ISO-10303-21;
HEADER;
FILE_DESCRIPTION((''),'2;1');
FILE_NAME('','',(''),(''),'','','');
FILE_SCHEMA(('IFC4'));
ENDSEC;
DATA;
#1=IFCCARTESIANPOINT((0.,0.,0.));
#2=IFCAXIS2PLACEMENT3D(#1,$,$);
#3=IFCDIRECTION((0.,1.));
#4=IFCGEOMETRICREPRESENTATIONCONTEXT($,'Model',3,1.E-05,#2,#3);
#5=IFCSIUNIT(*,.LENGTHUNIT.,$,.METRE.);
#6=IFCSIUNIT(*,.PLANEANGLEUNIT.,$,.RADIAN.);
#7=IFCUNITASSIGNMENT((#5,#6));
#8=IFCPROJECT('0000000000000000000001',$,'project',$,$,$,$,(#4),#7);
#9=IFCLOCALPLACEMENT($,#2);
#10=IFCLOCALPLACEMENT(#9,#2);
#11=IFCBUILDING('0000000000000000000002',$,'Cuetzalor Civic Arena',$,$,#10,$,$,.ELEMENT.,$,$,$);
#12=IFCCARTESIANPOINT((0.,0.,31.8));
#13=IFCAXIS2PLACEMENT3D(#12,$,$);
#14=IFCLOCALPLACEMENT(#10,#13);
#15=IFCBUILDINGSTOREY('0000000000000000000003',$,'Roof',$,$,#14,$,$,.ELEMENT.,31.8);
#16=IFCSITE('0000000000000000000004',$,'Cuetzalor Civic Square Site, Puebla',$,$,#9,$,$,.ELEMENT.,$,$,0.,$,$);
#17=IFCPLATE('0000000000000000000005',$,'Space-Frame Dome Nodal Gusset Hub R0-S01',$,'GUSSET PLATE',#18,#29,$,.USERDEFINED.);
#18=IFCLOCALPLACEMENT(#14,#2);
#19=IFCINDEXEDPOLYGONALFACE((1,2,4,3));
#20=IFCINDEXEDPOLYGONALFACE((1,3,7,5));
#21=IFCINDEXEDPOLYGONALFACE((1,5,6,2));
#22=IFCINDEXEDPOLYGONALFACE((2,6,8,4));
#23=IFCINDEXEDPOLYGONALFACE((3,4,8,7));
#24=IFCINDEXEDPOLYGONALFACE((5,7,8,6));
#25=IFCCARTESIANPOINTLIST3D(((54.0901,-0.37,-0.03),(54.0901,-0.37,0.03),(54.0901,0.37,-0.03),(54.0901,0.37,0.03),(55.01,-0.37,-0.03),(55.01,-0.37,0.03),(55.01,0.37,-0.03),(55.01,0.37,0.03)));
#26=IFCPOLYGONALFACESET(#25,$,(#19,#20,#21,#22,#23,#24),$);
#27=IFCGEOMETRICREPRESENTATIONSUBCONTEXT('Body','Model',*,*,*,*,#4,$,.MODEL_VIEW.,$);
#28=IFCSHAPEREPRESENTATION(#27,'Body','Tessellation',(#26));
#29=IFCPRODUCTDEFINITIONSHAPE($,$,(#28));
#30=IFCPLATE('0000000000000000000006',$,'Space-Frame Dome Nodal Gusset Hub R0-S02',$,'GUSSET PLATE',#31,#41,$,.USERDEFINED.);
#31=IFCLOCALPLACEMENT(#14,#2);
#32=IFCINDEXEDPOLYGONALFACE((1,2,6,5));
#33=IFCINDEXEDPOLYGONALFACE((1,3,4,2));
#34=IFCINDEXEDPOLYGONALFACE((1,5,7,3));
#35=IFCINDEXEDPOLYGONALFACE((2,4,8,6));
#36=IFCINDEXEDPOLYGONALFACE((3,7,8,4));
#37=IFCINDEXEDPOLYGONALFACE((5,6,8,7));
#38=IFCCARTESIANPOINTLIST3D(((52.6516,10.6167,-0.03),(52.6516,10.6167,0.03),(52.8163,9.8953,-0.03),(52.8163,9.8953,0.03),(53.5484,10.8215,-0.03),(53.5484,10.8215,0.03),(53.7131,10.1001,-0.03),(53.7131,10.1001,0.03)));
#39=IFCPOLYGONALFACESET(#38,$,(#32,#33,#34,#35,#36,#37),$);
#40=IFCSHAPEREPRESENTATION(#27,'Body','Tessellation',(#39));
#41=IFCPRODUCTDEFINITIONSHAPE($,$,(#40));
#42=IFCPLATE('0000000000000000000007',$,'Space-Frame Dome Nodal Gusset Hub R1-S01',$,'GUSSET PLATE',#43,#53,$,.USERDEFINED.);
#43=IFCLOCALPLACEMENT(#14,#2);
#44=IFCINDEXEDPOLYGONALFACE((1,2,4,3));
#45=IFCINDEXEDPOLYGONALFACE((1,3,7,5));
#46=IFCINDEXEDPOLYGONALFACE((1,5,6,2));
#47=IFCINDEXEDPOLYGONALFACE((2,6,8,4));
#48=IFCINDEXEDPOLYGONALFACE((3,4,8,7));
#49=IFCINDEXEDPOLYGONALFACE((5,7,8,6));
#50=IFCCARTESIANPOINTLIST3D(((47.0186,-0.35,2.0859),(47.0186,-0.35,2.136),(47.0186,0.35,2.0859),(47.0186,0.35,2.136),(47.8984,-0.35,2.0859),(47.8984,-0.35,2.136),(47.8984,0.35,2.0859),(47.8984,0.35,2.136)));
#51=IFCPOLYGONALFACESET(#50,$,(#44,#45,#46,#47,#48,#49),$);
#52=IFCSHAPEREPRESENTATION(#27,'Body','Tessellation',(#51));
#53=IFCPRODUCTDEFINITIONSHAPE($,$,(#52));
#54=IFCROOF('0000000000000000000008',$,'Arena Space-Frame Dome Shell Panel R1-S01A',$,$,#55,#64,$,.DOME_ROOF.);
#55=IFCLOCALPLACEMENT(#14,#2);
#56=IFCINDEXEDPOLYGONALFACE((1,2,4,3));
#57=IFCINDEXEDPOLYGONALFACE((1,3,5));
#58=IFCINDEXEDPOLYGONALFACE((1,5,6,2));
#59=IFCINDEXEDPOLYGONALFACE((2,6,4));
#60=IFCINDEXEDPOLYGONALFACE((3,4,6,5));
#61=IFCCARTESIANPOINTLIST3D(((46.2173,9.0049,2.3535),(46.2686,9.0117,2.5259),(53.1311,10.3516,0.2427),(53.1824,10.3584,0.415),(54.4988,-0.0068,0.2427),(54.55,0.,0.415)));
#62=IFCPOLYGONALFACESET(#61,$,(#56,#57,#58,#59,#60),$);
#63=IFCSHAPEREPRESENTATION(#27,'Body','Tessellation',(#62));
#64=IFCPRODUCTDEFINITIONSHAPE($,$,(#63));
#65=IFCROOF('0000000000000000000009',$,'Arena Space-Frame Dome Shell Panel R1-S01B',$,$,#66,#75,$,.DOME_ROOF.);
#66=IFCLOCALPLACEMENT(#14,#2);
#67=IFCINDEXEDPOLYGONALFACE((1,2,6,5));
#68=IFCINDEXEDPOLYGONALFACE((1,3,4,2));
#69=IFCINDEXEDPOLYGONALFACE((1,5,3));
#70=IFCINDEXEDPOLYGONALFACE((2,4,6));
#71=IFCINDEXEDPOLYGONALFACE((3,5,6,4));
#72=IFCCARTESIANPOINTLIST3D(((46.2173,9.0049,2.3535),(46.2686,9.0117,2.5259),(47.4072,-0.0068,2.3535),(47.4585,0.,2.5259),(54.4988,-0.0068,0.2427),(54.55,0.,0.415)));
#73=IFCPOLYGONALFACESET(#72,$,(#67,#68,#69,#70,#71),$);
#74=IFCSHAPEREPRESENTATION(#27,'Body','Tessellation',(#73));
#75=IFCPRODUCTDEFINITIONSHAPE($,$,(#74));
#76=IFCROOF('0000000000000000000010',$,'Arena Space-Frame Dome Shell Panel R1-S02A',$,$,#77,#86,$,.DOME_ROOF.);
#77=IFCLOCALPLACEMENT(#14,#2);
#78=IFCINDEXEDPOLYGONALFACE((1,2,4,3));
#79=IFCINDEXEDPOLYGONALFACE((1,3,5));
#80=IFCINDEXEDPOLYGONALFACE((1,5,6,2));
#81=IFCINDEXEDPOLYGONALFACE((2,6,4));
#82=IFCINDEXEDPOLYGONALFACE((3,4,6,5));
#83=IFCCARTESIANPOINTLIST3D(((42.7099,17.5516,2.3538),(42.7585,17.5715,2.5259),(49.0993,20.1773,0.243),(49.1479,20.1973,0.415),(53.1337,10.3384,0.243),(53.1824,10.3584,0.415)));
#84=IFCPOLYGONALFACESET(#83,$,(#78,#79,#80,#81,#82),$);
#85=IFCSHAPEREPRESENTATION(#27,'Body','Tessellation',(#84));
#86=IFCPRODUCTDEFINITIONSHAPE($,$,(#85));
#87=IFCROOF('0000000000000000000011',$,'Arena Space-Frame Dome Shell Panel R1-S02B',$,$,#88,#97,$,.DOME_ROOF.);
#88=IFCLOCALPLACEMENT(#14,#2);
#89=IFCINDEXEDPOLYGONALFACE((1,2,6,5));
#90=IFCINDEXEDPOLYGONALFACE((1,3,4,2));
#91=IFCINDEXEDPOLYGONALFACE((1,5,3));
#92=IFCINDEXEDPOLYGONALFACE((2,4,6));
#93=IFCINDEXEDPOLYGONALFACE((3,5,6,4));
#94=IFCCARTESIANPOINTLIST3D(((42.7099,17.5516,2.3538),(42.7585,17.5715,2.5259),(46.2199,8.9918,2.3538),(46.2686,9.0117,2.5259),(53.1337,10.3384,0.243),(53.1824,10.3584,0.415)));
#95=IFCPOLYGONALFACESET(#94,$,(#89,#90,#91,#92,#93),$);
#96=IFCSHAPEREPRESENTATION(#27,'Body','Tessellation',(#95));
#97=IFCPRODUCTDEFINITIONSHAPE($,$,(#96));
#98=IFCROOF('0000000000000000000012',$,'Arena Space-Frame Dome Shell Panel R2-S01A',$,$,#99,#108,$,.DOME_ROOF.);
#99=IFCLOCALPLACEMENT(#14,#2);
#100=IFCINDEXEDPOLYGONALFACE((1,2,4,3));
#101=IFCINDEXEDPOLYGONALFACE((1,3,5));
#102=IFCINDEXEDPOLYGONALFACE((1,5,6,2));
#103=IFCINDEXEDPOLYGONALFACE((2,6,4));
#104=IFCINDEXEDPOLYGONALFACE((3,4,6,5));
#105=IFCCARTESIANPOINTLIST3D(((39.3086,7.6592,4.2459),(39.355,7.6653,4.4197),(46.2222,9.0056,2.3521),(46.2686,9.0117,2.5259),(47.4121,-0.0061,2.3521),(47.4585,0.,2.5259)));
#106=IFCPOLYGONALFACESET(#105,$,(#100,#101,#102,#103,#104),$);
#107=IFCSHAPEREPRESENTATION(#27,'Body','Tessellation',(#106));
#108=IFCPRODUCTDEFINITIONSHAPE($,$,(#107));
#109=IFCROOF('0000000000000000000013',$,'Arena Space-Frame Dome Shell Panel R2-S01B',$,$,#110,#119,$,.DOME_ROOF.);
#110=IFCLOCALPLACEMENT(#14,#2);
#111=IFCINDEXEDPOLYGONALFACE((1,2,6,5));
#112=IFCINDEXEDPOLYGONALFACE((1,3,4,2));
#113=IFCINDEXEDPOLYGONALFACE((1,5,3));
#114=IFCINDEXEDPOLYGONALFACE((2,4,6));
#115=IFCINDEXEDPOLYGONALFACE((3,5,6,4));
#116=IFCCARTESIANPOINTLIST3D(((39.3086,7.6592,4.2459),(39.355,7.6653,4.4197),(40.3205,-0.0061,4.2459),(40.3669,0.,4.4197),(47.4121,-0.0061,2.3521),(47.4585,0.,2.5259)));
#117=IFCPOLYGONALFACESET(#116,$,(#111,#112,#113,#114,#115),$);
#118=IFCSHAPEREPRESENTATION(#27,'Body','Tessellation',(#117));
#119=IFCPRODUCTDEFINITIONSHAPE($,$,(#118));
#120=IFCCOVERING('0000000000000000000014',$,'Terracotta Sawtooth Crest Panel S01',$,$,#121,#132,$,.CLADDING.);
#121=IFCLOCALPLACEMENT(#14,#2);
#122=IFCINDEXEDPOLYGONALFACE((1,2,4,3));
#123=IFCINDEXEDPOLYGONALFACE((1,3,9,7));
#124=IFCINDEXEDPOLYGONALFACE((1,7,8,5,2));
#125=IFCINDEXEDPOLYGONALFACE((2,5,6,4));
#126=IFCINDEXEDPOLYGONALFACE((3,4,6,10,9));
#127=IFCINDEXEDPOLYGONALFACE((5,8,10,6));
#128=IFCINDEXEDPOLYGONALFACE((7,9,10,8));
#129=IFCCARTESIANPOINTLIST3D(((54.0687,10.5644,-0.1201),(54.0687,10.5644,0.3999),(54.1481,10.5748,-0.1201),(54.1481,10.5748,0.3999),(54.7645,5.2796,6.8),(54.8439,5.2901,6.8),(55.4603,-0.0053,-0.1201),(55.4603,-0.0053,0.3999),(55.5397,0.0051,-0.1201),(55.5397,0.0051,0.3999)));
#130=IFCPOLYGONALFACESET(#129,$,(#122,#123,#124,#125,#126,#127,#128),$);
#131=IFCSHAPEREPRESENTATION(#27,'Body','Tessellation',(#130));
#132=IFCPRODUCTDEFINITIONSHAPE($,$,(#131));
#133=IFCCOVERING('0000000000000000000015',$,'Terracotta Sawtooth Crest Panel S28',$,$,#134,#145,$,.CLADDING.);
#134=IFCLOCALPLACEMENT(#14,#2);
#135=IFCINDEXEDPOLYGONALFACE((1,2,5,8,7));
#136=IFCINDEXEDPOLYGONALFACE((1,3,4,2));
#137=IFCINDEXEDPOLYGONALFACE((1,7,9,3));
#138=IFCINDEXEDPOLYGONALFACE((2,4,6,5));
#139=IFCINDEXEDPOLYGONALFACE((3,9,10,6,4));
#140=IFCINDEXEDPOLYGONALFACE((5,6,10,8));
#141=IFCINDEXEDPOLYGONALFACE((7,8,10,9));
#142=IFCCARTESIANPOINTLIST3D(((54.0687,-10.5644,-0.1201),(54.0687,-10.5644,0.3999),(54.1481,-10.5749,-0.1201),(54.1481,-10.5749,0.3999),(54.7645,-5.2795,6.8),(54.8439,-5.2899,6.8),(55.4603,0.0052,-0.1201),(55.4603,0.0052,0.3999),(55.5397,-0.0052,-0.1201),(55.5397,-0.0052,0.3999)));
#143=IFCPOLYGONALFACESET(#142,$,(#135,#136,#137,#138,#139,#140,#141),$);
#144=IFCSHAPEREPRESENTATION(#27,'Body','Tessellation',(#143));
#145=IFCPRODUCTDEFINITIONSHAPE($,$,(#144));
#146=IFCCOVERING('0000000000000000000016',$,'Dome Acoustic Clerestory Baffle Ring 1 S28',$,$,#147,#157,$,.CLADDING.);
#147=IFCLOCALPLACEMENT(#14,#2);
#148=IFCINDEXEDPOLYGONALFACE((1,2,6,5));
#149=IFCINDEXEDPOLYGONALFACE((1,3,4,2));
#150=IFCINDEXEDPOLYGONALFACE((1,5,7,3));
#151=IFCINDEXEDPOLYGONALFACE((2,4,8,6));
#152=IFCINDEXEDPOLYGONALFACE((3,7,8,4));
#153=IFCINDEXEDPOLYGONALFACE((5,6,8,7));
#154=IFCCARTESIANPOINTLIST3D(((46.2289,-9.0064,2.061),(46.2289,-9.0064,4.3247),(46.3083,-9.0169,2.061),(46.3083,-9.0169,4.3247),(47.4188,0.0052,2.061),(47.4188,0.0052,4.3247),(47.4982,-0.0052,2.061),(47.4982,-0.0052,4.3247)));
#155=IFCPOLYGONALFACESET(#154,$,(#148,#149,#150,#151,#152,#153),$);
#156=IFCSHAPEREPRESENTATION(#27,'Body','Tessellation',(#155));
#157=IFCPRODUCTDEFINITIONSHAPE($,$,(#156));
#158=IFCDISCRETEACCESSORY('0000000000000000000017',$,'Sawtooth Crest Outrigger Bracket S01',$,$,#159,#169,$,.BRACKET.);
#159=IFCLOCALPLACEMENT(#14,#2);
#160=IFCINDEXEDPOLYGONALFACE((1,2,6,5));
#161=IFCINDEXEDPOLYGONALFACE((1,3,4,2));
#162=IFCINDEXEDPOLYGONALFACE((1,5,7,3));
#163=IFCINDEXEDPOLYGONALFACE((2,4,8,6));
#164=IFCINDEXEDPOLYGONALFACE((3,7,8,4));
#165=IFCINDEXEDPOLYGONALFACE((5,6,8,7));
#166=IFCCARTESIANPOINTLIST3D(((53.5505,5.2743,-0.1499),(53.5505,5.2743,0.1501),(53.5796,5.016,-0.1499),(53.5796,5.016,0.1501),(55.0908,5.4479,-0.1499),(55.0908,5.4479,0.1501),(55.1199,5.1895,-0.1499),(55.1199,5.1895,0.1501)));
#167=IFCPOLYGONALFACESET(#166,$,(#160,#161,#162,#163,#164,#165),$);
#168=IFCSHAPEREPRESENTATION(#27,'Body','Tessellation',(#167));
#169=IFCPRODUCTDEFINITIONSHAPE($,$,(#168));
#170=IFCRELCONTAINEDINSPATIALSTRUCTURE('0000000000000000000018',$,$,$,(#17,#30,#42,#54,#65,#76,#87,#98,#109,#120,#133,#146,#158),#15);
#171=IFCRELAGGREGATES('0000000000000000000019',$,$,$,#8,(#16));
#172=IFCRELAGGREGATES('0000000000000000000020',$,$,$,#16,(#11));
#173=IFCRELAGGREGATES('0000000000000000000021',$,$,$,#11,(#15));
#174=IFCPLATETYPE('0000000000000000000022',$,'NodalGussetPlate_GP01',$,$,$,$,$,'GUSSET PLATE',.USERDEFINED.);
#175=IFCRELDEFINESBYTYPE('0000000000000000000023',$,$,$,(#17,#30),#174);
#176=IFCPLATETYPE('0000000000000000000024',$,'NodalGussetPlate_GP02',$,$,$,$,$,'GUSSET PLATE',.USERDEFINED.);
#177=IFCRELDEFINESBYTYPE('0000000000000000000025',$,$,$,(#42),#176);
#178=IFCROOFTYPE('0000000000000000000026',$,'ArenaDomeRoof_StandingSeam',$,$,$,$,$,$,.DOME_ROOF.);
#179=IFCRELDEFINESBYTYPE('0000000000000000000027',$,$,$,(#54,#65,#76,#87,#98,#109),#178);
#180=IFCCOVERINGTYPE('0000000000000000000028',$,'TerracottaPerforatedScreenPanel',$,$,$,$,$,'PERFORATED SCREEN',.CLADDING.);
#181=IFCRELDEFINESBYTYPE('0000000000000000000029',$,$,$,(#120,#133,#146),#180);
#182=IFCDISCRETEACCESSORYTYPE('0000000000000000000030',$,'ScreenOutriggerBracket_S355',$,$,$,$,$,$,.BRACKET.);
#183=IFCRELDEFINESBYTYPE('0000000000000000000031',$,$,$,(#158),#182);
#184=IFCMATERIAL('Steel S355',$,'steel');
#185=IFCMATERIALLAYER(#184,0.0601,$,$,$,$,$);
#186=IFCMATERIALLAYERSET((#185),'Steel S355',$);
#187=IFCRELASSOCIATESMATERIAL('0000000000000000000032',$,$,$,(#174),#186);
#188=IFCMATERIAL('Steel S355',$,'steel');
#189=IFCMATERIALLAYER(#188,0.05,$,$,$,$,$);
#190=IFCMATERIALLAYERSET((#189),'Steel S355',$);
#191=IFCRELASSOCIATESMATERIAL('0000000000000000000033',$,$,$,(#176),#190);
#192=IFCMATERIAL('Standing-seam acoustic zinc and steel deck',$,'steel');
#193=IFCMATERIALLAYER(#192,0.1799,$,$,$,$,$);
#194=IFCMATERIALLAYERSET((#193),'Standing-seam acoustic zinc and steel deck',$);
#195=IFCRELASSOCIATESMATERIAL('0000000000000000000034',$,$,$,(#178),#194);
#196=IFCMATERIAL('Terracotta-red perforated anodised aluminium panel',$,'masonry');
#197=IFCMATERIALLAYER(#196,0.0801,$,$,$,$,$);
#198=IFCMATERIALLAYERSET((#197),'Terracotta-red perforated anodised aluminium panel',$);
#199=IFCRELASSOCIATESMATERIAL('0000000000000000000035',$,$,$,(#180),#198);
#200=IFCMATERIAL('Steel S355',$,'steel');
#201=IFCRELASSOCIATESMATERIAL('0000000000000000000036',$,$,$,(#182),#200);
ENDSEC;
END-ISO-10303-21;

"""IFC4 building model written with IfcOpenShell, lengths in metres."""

from ifc_helpers import new_model, si_unit, direction, frame, frame_2d, origin, origin_2d, place, context, subcontext, project, spatial, polyline, rectangle, outline, extrude, material, layer, layer_set, type_object, element, save


model = new_model("IFC4")

# Units and contexts
model_context = context("Model", 3, precision=1e-05, world=origin(), true_north=direction((0.0, 1.0)))
body_context = subcontext(model_context, "Body", "Model", "MODEL_VIEW")
ifc_project = project(units=[si_unit("LENGTHUNIT", "METRE"), si_unit("PLANEANGLEUNIT", "RADIAN")], contexts=[model_context])

# Site, building, storey
site_placement = place(None, origin())
site = spatial("IfcSite", under=ifc_project, at=site_placement, Name="Cuetzalor Civic Square Site, Puebla", CompositionType="ELEMENT", RefElevation=0.0)
building_placement = place(site_placement, origin())
building = spatial("IfcBuilding", under=site, at=building_placement, Name="Cuetzalor Civic Arena", CompositionType="ELEMENT")
storey_placement = place(building_placement, frame((0.0, 0.0, 31.8)))
storey = spatial("IfcBuildingStorey", under=building, at=storey_placement, Name="Roof", CompositionType="ELEMENT", Elevation=31.8)

# Plates
ifc_material_1 = material(Name="Steel S355", Category="steel")
ifc_layer_1 = layer(ifc_material_1, 0.0601)
ifc_layer_set_1 = layer_set([ifc_layer_1], Name="Steel S355")
plate_type_1 = type_object("IfcPlateType", Name="NodalGussetPlate_GP01", ElementType="GUSSET PLATE", PredefinedType="USERDEFINED", material=ifc_layer_set_1)
for number, where, z_axis, x_axis, name in (
    (1, (54.55, 0.0, -0.03), (0.0, 0.0, 1.0), (1.0, 0.0, 0.0), "Space-Frame Dome Nodal Gusset Hub R0-S01"),
    (2, (53.1824, 10.3584, -0.03), (0.0, 0.0, 1.0), (0.974917, 0.22257, 0.0), "Space-Frame Dome Nodal Gusset Hub R0-S02"),
):
    element("IfcPlate", number, at=place(storey_placement, frame(where, z_axis=z_axis, x_axis=x_axis)), inside=storey, type_object=plate_type_1, Name=name, ObjectType="GUSSET PLATE", PredefinedType="USERDEFINED", context=body_context, shape_type="SweptSolid", body=[
        extrude(rectangle(XDim=0.9199, YDim=0.74, at=origin_2d()), origin(), (0.0, 0.0, 1.0), 0.0601),
    ])
ifc_material_2 = material(Name="Steel S355", Category="steel")
ifc_layer_2 = layer(ifc_material_2, 0.05)
ifc_layer_set_2 = layer_set([ifc_layer_2], Name="Steel S355")
plate_type_2 = type_object("IfcPlateType", Name="NodalGussetPlate_GP02", ElementType="GUSSET PLATE", PredefinedType="USERDEFINED", material=ifc_layer_set_2)
plate_placement = place(storey_placement, frame((47.4585, 0.0, 2.0859), z_axis=(0.0, 0.0, 1.0), x_axis=(1.0, 0.0, 0.0)))
element("IfcPlate", 3, at=plate_placement, inside=storey, type_object=plate_type_2, Name="Space-Frame Dome Nodal Gusset Hub R1-S01", ObjectType="GUSSET PLATE", PredefinedType="USERDEFINED", context=body_context, shape_type="SweptSolid", body=[
    extrude(rectangle(XDim=0.8799, YDim=0.7, at=origin_2d()), origin(), (0.0, 0.0, 1.0), 0.05),
])

# Roofs
ifc_material_3 = material(Name="Standing-seam acoustic zinc and steel deck", Category="steel")
ifc_layer_3 = layer(ifc_material_3, 0.1799)
ifc_layer_set_3 = layer_set([ifc_layer_3], Name="Standing-seam acoustic zinc and steel deck")
roof_type = type_object("IfcRoofType", Name="ArenaDomeRoof_StandingSeam", PredefinedType="DOME_ROOF", material=ifc_layer_set_3)
roof_1_placement = place(storey_placement, frame((54.55, 0.0, 0.415), z_axis=(0.285081, 0.037641, 0.957764), x_axis=(-0.130899, 0.991396, 0.0)))
element("IfcRoof", 4, at=roof_1_placement, inside=storey, type_object=roof_type, Name="Arena Space-Frame Dome Shell Panel R1-S01A", PredefinedType="DOME_ROOF", context=body_context, shape_type="SweptSolid", body=[
    extrude(outline(polyline([(0.0, 0.0), (10.4483, 0.0), (10.0182, 7.3406), (0.0, 0.0)])), origin(), (0.0, 0.0, -1.0), 0.1799),
])
roof_2_placement = place(storey_placement, frame((54.55, 0.0, 0.415), z_axis=(0.285084, 0.037644, 0.957763), x_axis=(-0.666801, 0.725597, 0.169958)))
element("IfcRoof", 5, at=roof_2_placement, inside=storey, type_object=roof_type, Name="Arena Space-Frame Dome Shell Panel R1-S01B", PredefinedType="DOME_ROOF", context=body_context, shape_type="SweptSolid", body=[
    extrude(outline(polyline([(0.0, 0.0), (12.4197, 0.0), (5.0874, 5.3725), (0.0, 0.0)])), origin(), (0.0, 0.0, -1.0), 0.1799),
])
roof_3_placement = place(storey_placement, frame((53.1824, 10.3584, 0.415), z_axis=(0.270382, 0.11087, 0.956348), x_axis=(-0.379393, 0.925236, 0.0)))
element("IfcRoof", 6, at=roof_3_placement, inside=storey, type_object=roof_type, Name="Arena Space-Frame Dome Shell Panel R1-S02A", PredefinedType="DOME_ROOF", context=body_context, shape_type="SweptSolid", body=[
    extrude(outline(polyline([(0.0, 0.0), (10.6339, 0.0), (10.6286, 7.2232), (0.0, 0.0)])), origin(), (0.0, 0.0, -1.0), 0.1799),
])
roof_4_placement = place(storey_placement, frame((53.1824, 10.3584, 0.415), z_axis=(0.270384, 0.110873, 0.956347), x_axis=(-0.811147, 0.561302, 0.164258)))
element("IfcRoof", 7, at=roof_4_placement, inside=storey, type_object=roof_type, Name="Arena Space-Frame Dome Shell Panel R1-S02B", PredefinedType="DOME_ROOF", context=body_context, shape_type="SweptSolid", body=[
    extrude(outline(polyline([(0.0, 0.0), (12.8507, 0.0), (5.199, 5.2001), (0.0, 0.0)])), origin(), (0.0, 0.0, -1.0), 0.1799),
])
roof_5_placement = place(storey_placement, frame((47.4585, 0.0, 2.5259), z_axis=(0.257865, 0.034049, 0.965581), x_axis=(-0.130907, 0.991395, 0.0)))
element("IfcRoof", 8, at=roof_5_placement, inside=storey, type_object=roof_type, Name="Arena Space-Frame Dome Shell Panel R2-S01A", PredefinedType="DOME_ROOF", context=body_context, shape_type="SweptSolid", body=[
    extrude(outline(polyline([(0.0, 0.0), (9.0899, 0.0), (8.6601, 7.2809), (0.0, 0.0)])), origin(), (0.0, 0.0, -1.0), 0.1799),
])
roof_6_placement = place(storey_placement, frame((47.4585, 0.0, 2.5259), z_axis=(0.257859, 0.034042, 0.965583), x_axis=(-0.716228, 0.677495, 0.167383)))
element("IfcRoof", 9, at=roof_6_placement, inside=storey, type_object=roof_type, Name="Arena Space-Frame Dome Shell Panel R2-S01B", PredefinedType="DOME_ROOF", context=body_context, shape_type="SweptSolid", body=[
    extrude(outline(polyline([(0.0, 0.0), (11.3142, 0.0), (5.3962, 4.9757), (0.0, 0.0)])), origin(), (0.0, 0.0, -1.0), 0.1799),
])

# Coverings
ifc_material_4 = material(Name="Terracotta-red perforated anodised aluminium panel", Category="masonry")
ifc_layer_4 = layer(ifc_material_4, 0.0801)
ifc_layer_set_4 = layer_set([ifc_layer_4], Name="Terracotta-red perforated anodised aluminium panel")
covering_type = type_object("IfcCoveringType", Name="TerracottaPerforatedScreenPanel", ElementType="PERFORATED SCREEN", PredefinedType="CLADDING", material=ifc_layer_set_4)
for number, where, z_axis, x_axis, name in (
    (10, (54.1084, 10.5696, -0.1201), (0.0, 0.0, 1.0), (0.130534, -0.991444, 0.0), "Terracotta Sawtooth Crest Panel S01"),
    (11, (55.5, 0.0, -0.1201), (0.0, 0.0, 1.0), (-0.130534, -0.991444, 0.0), "Terracotta Sawtooth Crest Panel S28"),
):
    element("IfcCovering", number, at=place(storey_placement, frame(where, z_axis=z_axis, x_axis=x_axis)), inside=storey, type_object=covering_type, Name=name, PredefinedType="CLADDING", context=body_context, shape_type="SweptSolid", body=[
        extrude(outline(polyline([(0.0, 0.0), (10.6609, 0.0), (10.6609, 0.52), (5.3303, 6.9202), (0.0, 0.52), (0.0, 0.0)])), frame((0.0, 0.04, 0.0), z_axis=(0.0, -1.0, 0.0), x_axis=(1.0, 0.0, 0.0)), (0.0, 0.0, 1.0), 0.0801),
    ])
covering_placement = place(storey_placement, frame((47.4585, 0.0, 2.061), z_axis=(0.0, 0.0, 1.0), x_axis=(-0.130907, -0.991395, 0.0)))
element("IfcCovering", 12, at=covering_placement, inside=storey, type_object=covering_type, Name="Dome Acoustic Clerestory Baffle Ring 1 S28", PredefinedType="CLADDING", context=body_context, shape_type="SweptSolid", body=[
    extrude(rectangle(XDim=9.0898, YDim=0.0801, at=frame_2d((4.5449, 0.0))), origin(), (0.0, 0.0, 1.0), 2.2637),
])

# Discrete accessory
ifc_material_5 = material(Name="Steel S355", Category="steel")
discrete_accessory_type = type_object("IfcDiscreteAccessoryType", Name="ScreenOutriggerBracket_S355", PredefinedType="BRACKET", material=ifc_material_5)
discrete_accessory_placement = place(storey_placement, frame((54.3352, 5.2319, -0.1499), z_axis=(0.0, 0.0, 1.0), x_axis=(0.993709, 0.111989, 0.0)))
element("IfcDiscreteAccessory", 13, at=discrete_accessory_placement, inside=storey, type_object=discrete_accessory_type, Name="Sawtooth Crest Outrigger Bracket S01", PredefinedType="BRACKET", context=body_context, shape_type="SweptSolid", body=[
    extrude(rectangle(XDim=1.55, YDim=0.26, at=origin_2d()), origin(), (0.0, 0.0, 1.0), 0.3),
])

save(model, "model.ifc")
